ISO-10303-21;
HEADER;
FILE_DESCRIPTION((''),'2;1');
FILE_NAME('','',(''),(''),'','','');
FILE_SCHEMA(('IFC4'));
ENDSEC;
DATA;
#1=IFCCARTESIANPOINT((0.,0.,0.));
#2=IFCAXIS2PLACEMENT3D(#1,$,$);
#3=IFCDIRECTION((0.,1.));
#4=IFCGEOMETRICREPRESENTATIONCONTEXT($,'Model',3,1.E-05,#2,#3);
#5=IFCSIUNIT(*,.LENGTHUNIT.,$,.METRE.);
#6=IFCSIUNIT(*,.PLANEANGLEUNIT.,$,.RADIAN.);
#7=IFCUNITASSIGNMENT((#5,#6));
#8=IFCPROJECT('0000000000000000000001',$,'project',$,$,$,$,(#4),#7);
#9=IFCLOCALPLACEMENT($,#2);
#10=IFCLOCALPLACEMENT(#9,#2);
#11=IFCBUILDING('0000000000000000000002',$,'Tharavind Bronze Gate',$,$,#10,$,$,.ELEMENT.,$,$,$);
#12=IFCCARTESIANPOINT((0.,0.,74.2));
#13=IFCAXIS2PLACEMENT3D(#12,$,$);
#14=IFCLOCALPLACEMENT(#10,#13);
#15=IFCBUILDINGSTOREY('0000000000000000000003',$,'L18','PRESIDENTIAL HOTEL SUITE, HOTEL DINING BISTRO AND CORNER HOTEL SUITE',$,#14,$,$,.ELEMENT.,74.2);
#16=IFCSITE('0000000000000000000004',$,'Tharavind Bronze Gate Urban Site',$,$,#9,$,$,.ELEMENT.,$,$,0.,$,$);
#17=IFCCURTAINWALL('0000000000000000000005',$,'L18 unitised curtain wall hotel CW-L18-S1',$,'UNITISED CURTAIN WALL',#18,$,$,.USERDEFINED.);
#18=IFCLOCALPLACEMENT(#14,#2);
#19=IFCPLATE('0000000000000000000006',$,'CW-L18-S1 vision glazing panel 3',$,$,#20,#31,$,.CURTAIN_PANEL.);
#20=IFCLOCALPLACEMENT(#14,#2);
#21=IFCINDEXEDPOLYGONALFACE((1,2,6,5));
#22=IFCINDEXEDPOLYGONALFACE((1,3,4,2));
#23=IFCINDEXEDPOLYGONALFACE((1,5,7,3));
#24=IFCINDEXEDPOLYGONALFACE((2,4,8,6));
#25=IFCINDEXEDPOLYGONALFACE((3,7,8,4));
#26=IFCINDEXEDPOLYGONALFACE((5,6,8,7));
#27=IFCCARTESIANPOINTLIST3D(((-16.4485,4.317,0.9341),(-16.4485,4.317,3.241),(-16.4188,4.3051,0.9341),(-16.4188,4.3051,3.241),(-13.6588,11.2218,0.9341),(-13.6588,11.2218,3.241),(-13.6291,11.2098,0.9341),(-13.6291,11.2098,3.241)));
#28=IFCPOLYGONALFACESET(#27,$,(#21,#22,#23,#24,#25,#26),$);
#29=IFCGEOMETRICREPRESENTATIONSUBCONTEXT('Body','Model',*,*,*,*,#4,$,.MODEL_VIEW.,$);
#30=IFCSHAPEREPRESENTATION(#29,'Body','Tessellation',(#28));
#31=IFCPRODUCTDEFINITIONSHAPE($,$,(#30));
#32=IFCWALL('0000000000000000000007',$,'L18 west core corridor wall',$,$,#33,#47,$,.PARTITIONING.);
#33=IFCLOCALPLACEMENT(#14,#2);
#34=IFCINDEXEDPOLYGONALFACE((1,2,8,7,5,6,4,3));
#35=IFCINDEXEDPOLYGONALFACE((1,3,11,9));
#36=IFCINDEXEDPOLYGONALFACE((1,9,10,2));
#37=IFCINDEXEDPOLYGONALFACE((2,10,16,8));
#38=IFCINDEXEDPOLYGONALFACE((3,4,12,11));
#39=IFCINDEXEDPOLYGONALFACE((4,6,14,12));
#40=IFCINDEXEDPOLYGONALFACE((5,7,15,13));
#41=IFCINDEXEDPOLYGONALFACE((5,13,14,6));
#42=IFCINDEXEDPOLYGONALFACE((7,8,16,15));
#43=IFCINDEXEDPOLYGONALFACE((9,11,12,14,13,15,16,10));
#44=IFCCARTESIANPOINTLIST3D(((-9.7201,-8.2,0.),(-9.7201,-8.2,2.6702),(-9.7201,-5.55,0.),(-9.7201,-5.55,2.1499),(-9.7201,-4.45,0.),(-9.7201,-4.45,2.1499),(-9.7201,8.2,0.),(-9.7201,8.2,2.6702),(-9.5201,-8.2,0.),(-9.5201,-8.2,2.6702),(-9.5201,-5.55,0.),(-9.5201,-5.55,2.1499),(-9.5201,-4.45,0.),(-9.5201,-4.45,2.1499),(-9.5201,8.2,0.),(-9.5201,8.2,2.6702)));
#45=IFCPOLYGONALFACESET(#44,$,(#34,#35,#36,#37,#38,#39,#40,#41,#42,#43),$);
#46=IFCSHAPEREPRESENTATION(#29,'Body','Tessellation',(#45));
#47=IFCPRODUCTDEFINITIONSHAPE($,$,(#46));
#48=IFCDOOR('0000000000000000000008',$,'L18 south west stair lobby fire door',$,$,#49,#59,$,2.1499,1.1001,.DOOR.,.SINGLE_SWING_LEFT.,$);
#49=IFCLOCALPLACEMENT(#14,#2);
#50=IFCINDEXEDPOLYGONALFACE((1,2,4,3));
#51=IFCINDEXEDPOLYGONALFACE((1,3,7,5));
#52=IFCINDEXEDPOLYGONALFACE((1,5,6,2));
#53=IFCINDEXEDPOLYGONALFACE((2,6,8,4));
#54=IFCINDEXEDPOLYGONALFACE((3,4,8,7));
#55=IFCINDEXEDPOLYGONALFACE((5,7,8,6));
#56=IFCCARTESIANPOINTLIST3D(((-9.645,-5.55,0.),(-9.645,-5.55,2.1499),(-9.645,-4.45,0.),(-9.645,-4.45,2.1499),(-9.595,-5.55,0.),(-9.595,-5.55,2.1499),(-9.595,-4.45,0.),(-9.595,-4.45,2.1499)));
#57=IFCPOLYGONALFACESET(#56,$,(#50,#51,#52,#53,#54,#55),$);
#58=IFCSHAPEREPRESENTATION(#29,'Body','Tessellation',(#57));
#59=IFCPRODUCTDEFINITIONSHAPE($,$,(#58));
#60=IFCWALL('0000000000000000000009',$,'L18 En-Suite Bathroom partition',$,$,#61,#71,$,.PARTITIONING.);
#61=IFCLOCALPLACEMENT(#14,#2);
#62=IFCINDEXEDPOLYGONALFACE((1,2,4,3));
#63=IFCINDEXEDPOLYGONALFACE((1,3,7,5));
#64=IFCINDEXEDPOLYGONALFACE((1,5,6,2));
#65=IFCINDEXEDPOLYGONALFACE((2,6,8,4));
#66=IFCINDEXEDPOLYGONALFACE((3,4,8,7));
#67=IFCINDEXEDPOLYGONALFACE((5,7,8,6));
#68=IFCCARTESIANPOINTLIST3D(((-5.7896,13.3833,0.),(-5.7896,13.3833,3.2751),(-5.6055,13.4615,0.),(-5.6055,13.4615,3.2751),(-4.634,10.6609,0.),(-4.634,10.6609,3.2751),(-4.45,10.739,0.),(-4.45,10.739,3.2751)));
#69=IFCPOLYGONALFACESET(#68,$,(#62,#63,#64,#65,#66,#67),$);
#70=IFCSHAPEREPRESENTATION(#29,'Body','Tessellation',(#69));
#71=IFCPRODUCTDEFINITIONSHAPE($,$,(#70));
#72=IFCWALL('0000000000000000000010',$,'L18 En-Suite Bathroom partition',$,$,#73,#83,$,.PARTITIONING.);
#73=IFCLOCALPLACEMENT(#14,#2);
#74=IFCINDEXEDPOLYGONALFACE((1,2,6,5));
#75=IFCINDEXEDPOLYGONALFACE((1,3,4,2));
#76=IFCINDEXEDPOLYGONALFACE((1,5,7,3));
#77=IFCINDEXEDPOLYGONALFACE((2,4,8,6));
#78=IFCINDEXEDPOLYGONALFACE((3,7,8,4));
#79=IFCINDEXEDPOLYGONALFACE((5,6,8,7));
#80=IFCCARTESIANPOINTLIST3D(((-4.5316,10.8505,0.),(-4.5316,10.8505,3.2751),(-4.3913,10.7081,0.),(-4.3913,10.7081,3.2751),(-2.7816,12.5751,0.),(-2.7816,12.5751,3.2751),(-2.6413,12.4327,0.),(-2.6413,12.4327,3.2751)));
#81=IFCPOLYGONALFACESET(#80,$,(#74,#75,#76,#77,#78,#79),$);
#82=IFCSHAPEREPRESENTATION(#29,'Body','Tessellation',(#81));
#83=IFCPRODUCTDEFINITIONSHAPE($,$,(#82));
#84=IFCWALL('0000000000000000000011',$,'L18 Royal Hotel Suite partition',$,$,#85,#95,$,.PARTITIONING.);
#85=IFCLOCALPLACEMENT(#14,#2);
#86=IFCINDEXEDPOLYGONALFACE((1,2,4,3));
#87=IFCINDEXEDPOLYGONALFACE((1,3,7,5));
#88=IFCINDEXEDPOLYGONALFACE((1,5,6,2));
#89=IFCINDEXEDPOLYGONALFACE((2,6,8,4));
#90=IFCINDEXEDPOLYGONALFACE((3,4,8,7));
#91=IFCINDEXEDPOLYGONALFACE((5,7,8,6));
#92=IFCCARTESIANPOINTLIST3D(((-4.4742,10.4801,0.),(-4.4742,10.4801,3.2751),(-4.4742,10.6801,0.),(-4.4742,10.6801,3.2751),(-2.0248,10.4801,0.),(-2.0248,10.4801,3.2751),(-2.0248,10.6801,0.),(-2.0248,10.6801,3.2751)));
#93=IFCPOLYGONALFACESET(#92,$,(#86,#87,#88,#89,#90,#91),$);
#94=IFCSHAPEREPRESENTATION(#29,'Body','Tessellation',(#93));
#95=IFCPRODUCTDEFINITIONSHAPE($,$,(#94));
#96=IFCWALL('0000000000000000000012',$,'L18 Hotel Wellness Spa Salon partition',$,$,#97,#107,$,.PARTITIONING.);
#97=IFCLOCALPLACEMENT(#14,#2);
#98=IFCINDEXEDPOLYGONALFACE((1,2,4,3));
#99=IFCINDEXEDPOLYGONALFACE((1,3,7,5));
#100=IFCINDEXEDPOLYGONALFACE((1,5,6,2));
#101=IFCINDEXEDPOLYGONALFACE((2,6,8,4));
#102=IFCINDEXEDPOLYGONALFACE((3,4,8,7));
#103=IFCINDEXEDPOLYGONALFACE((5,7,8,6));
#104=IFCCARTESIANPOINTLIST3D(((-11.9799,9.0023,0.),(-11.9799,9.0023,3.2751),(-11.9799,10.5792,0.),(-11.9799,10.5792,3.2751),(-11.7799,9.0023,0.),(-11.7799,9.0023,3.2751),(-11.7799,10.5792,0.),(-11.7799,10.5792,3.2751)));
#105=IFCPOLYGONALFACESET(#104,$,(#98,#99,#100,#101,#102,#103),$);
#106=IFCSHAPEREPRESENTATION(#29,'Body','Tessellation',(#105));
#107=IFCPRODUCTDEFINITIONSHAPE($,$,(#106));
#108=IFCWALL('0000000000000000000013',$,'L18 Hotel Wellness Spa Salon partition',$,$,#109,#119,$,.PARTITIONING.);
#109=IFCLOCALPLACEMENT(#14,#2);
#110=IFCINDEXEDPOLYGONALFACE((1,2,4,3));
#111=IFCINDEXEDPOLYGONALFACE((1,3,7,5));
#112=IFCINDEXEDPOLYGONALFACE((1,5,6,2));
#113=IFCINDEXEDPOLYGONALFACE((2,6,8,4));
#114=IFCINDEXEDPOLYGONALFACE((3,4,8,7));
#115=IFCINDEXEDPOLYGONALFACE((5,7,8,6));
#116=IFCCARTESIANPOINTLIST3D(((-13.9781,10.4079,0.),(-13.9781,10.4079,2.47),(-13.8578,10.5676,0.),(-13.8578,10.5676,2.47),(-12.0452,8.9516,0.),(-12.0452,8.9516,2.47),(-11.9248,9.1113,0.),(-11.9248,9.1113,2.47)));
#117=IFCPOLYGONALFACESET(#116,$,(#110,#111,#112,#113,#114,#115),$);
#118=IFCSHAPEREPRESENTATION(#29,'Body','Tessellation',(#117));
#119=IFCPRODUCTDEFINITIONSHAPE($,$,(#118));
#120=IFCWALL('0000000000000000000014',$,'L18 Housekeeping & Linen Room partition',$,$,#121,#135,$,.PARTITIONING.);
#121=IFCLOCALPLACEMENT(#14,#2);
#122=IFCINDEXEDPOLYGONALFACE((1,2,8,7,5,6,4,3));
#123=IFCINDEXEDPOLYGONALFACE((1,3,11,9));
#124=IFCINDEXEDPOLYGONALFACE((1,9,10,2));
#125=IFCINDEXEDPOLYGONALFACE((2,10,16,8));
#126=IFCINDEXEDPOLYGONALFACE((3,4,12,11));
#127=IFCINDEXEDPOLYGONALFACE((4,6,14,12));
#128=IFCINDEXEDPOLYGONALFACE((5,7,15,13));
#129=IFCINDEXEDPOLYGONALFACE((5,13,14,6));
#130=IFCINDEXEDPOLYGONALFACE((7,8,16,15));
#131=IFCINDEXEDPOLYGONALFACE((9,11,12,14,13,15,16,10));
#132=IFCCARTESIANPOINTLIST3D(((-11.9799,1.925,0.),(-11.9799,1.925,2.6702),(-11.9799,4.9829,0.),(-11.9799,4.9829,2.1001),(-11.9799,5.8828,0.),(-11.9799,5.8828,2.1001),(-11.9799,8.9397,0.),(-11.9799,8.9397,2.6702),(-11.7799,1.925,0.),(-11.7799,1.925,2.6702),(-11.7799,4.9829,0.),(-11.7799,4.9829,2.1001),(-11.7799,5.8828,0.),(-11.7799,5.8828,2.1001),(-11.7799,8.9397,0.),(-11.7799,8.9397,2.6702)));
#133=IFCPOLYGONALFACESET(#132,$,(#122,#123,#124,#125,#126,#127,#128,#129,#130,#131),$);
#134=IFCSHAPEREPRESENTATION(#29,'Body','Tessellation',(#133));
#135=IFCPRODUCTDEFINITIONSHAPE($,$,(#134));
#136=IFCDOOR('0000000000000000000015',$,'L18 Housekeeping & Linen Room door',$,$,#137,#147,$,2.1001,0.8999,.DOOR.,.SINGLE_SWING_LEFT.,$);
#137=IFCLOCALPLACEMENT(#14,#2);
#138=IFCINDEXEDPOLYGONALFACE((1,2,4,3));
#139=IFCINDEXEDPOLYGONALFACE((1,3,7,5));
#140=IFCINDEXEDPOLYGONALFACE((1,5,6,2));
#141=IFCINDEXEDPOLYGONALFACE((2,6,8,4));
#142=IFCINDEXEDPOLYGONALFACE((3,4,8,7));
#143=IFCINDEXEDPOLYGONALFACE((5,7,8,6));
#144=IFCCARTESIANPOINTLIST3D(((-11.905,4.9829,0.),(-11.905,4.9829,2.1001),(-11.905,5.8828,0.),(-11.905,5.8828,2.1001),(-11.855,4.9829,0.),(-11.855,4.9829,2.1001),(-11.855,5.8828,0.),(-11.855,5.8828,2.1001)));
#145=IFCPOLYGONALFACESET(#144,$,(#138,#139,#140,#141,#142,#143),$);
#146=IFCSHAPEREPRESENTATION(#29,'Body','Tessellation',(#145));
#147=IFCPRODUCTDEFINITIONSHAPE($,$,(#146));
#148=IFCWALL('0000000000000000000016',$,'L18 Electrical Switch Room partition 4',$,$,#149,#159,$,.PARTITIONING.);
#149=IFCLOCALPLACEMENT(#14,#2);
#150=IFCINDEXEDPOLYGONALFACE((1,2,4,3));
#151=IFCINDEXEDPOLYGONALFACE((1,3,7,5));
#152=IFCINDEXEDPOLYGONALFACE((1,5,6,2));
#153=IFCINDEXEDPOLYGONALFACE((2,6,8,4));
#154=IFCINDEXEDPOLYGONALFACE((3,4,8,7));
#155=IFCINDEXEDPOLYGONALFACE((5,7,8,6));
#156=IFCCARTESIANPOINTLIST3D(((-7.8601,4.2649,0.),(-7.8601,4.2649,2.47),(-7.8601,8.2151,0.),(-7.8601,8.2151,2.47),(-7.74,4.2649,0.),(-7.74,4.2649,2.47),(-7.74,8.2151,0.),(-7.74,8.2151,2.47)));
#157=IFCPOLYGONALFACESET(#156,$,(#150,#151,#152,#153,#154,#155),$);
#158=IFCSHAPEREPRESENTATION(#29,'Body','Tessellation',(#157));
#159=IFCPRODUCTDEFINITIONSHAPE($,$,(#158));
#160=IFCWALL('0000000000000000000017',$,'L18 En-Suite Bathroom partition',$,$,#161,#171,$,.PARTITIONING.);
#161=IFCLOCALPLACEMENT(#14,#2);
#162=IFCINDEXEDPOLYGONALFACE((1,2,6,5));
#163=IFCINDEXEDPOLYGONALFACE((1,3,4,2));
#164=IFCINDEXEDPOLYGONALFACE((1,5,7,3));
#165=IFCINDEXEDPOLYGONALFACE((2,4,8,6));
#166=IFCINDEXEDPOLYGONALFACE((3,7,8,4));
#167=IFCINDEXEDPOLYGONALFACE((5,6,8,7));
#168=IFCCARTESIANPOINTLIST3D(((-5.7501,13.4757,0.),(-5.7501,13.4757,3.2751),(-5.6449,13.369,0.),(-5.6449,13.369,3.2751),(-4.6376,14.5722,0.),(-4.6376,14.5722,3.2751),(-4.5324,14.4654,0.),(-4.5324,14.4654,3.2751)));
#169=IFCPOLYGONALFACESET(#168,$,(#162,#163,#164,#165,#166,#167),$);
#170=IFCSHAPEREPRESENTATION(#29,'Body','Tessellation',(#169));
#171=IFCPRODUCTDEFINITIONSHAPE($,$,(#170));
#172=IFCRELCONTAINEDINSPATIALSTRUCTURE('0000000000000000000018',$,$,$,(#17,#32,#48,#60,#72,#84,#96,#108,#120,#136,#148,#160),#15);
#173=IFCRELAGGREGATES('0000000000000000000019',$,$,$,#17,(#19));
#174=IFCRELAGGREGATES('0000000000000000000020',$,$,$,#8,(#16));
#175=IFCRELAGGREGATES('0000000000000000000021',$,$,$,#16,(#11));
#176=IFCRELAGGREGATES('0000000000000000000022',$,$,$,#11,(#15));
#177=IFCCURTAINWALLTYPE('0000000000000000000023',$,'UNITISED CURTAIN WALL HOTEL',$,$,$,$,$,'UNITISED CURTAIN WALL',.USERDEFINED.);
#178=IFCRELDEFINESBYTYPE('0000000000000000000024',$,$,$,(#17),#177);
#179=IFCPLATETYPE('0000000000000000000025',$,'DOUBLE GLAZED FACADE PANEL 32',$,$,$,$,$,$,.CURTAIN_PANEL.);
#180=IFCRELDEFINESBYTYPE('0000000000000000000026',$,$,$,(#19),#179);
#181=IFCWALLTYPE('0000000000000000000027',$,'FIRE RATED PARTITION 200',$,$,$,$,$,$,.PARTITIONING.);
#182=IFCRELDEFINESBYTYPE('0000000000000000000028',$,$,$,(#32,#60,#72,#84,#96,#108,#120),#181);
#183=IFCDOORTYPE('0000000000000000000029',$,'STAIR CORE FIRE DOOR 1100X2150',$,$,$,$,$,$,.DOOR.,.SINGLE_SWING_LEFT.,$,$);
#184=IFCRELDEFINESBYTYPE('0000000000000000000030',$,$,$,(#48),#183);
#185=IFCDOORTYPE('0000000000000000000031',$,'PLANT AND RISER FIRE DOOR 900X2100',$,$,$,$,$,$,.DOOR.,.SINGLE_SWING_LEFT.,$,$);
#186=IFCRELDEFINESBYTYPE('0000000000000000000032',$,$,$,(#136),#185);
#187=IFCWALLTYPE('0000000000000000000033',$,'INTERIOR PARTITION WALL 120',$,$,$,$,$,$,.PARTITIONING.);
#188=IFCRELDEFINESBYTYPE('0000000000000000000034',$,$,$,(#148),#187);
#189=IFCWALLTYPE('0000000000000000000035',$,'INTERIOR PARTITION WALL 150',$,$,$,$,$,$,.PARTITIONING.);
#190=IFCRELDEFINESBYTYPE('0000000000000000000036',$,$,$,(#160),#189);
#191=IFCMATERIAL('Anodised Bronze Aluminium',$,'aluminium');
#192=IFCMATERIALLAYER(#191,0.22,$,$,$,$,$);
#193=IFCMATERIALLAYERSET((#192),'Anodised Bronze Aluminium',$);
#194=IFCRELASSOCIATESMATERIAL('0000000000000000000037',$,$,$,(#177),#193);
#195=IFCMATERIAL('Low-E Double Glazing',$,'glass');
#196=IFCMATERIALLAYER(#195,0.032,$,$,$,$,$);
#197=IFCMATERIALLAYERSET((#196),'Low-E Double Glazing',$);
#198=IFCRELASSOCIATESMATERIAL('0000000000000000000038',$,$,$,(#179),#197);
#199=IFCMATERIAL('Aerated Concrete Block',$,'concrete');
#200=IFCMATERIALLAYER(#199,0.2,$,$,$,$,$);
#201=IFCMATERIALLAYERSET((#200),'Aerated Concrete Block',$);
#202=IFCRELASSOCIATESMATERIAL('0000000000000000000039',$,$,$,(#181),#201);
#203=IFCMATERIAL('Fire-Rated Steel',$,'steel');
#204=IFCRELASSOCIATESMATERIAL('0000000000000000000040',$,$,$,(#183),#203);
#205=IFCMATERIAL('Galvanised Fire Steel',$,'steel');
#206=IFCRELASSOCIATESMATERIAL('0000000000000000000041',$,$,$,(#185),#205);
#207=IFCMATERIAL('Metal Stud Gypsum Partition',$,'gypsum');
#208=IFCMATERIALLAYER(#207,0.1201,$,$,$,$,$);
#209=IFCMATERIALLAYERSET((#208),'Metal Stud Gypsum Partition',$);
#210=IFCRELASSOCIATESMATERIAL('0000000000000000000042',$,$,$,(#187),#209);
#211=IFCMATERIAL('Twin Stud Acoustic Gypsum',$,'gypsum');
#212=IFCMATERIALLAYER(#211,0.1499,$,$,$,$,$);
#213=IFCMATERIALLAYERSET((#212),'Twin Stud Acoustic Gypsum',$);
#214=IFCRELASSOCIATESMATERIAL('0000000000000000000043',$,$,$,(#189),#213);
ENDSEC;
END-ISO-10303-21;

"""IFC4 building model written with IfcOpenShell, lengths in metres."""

from ifc_helpers import new_model, si_unit, direction, frame, frame_2d, origin, origin_2d, place, context, subcontext, project, spatial, rectangle, extrude, material, layer, layer_set, type_object, element, fill, aggregate, save


model = new_model("IFC4")

# Units and contexts
model_context = context("Model", 3, precision=1e-05, world=origin(), true_north=direction((0.0, 1.0)))
body_context = subcontext(model_context, "Body", "Model", "MODEL_VIEW")
ifc_project = project(units=[si_unit("LENGTHUNIT", "METRE"), si_unit("PLANEANGLEUNIT", "RADIAN")], contexts=[model_context])

# Site, building, storey
site_placement = place(None, origin())
site = spatial("IfcSite", under=ifc_project, at=site_placement, Name="Tharavind Bronze Gate Urban Site", CompositionType="ELEMENT", RefElevation=0.0)
building_placement = place(site_placement, origin())
building = spatial("IfcBuilding", under=site, at=building_placement, Name="Tharavind Bronze Gate", CompositionType="ELEMENT")
storey_placement = place(building_placement, frame((0.0, 0.0, 74.2)))
storey = spatial("IfcBuildingStorey", under=building, at=storey_placement, Name="L18", Description="PRESIDENTIAL HOTEL SUITE, HOTEL DINING BISTRO AND CORNER HOTEL SUITE", CompositionType="ELEMENT", Elevation=74.2)

# Curtain wall
ifc_material_1 = material(Name="Anodised Bronze Aluminium", Category="aluminium")
ifc_layer_1 = layer(ifc_material_1, 0.22)
ifc_layer_set_1 = layer_set([ifc_layer_1], Name="Anodised Bronze Aluminium")
curtain_wall_type = type_object("IfcCurtainWallType", Name="UNITISED CURTAIN WALL HOTEL", ElementType="UNITISED CURTAIN WALL", PredefinedType="USERDEFINED", material=ifc_layer_set_1)
curtain_wall_placement = place(storey_placement, origin())
curtain_wall = element("IfcCurtainWall", 1, at=curtain_wall_placement, inside=storey, type_object=curtain_wall_type, Name="L18 unitised curtain wall hotel CW-L18-S1", ObjectType="UNITISED CURTAIN WALL", PredefinedType="USERDEFINED")

# Plate
ifc_material_2 = material(Name="Low-E Double Glazing", Category="glass")
ifc_layer_2 = layer(ifc_material_2, 0.032)
ifc_layer_set_2 = layer_set([ifc_layer_2], Name="Low-E Double Glazing")
plate_type_1 = type_object("IfcPlateType", Name="DOUBLE GLAZED FACADE PANEL 32", PredefinedType="CURTAIN_PANEL", material=ifc_layer_set_2)
plate_1_placement = place(storey_placement, frame((-15.0388, 7.7634, 0.9341), z_axis=(0.0, 0.0, 1.0), x_axis=(-0.374607, -0.927184, 0.0)))
plate_1 = element("IfcPlate", 2, at=plate_1_placement, type_object=plate_type_1, Name="CW-L18-S1 vision glazing panel 3", PredefinedType="CURTAIN_PANEL", context=body_context, shape_type="SweptSolid", body=[
    extrude(rectangle(XDim=7.447, YDim=0.032, at=origin_2d()), origin(), (0.0, 0.0, 1.0), 2.3069),
])
aggregate(curtain_wall, [plate_1])

# Wall, opening, door
ifc_material_3 = material(Name="Aerated Concrete Block", Category="concrete")
ifc_layer_3 = layer(ifc_material_3, 0.2)
ifc_layer_set_3 = layer_set([ifc_layer_3], Name="Aerated Concrete Block")
wall_type_1 = type_object("IfcWallType", Name="FIRE RATED PARTITION 200", PredefinedType="PARTITIONING", material=ifc_layer_set_3)
wall_1_placement = place(storey_placement, frame((-9.6201, 8.2, 0.0), z_axis=(0.0, 0.0, 1.0), x_axis=(0.0, -1.0, 0.0)))
wall_1 = element("IfcWall", 3, at=wall_1_placement, inside=storey, type_object=wall_type_1, Name="L18 west core corridor wall", PredefinedType="PARTITIONING", context=body_context, shape_type="SweptSolid", body=[
    extrude(rectangle(XDim=16.3999, YDim=0.2, at=frame_2d((8.2, 0.0))), origin(), (0.0, 0.0, 1.0), 2.6702),
])
opening_1_placement = place(wall_1_placement, frame((12.6499, 0.0, 0.0)))
opening_1 = element("IfcOpeningElement", 4, at=opening_1_placement, cuts=wall_1, PredefinedType="OPENING", context=body_context, shape_type="SweptSolid", body=[
    extrude(rectangle(XDim=1.1001, YDim=2.1499, at=frame_2d((0.55, 1.075))), frame((0.0, 0.1101, 0.0), z_axis=(0.0, -1.0, 0.0), x_axis=(1.0, 0.0, 0.0)), (0.0, 0.0, 1.0), 0.22),
])
ifc_material_4 = material(Name="Fire-Rated Steel", Category="steel")
door_type_1 = type_object("IfcDoorType", Name="STAIR CORE FIRE DOOR 1100X2150", OperationType="SINGLE_SWING_LEFT", PredefinedType="DOOR", material=ifc_material_4)
door_1_placement = place(opening_1_placement, frame((1.1001, 0.0, 0.0), z_axis=(0.0, 0.0, 1.0), x_axis=(-1.0, 0.0, 0.0)))
door_1 = element("IfcDoor", 5, at=door_1_placement, inside=storey, type_object=door_type_1, Name="L18 south west stair lobby fire door", OperationType="SINGLE_SWING_LEFT", OverallHeight=2.1499, OverallWidth=1.1001, PredefinedType="DOOR", context=body_context, shape_type="SweptSolid", body=[
    extrude(rectangle(XDim=1.1001, YDim=2.1499, at=frame_2d((0.55, 1.075))), frame((0.0, 0.0249, 0.0), z_axis=(0.0, -1.0, 0.0), x_axis=(1.0, 0.0, 0.0)), (0.0, 0.0, 1.0), 0.05),
])
fill(opening_1, door_1)

# Walls
wall_2_placement = place(storey_placement, frame((-4.542, 10.7, 0.0), z_axis=(0.0, 0.0, 1.0), x_axis=(-0.390709, 0.920514, 0.0)))
element("IfcWall", 6, at=wall_2_placement, inside=storey, type_object=wall_type_1, Name="L18 En-Suite Bathroom partition", PredefinedType="PARTITIONING", context=body_context, shape_type="SweptSolid", body=[
    extrude(rectangle(XDim=2.9575, YDim=0.2, at=frame_2d((1.4788, 0.0))), origin(), (0.0, 0.0, 1.0), 3.2751),
])
wall_3_placement = place(storey_placement, frame((-2.7114, 12.5039, 0.0), z_axis=(0.0, 0.0, 1.0), x_axis=(-0.712255, -0.701921, 0.0)))
element("IfcWall", 7, at=wall_3_placement, inside=storey, type_object=wall_type_1, Name="L18 En-Suite Bathroom partition", PredefinedType="PARTITIONING", context=body_context, shape_type="SweptSolid", body=[
    extrude(rectangle(XDim=2.457, YDim=0.2, at=frame_2d((1.2285, 0.0))), origin(), (0.0, 0.0, 1.0), 3.2751),
])
wall_4_placement = place(storey_placement, frame((-2.0249, 10.5801, 0.0), z_axis=(0.0, 0.0, 1.0), x_axis=(-1.0, 0.0, 0.0)))
element("IfcWall", 8, at=wall_4_placement, inside=storey, type_object=wall_type_1, Name="L18 Royal Hotel Suite partition", PredefinedType="PARTITIONING", context=body_context, shape_type="SweptSolid", body=[
    extrude(rectangle(XDim=2.4495, YDim=0.2, at=frame_2d((1.2246, 0.0))), origin(), (0.0, 0.0, 1.0), 3.2751),
])
wall_5_placement = place(storey_placement, frame((-11.8799, 10.5793, 0.0), z_axis=(0.0, 0.0, 1.0), x_axis=(0.0, -1.0, 0.0)))
element("IfcWall", 9, at=wall_5_placement, inside=storey, type_object=wall_type_1, Name="L18 Hotel Wellness Spa Salon partition", PredefinedType="PARTITIONING", context=body_context, shape_type="SweptSolid", body=[
    extrude(rectangle(XDim=1.5769, YDim=0.2, at=frame_2d((0.7886, 0.0))), origin(), (0.0, 0.0, 1.0), 3.2751),
])
wall_6_placement = place(storey_placement, frame((-11.9851, 9.0315, 0.0), z_axis=(0.0, 0.0, 1.0), x_axis=(-0.798679, 0.601758, 0.0)))
element("IfcWall", 10, at=wall_6_placement, inside=storey, type_object=wall_type_1, Name="L18 Hotel Wellness Spa Salon partition", PredefinedType="PARTITIONING", context=body_context, shape_type="SweptSolid", body=[
    extrude(rectangle(XDim=2.4202, YDim=0.2, at=frame_2d((1.21, 0.0))), origin(), (0.0, 0.0, 1.0), 2.47),
])

# Wall, opening, door
wall_7_placement = place(storey_placement, frame((-11.8799, 8.9397, 0.0), z_axis=(0.0, 0.0, 1.0), x_axis=(0.0, -1.0, 0.0)))
wall_7 = element("IfcWall", 11, at=wall_7_placement, inside=storey, type_object=wall_type_1, Name="L18 Housekeeping & Linen Room partition", PredefinedType="PARTITIONING", context=body_context, shape_type="SweptSolid", body=[
    extrude(rectangle(XDim=7.0146, YDim=0.2, at=frame_2d((3.5073, 0.0))), origin(), (0.0, 0.0, 1.0), 2.6702),
])
opening_2_placement = place(wall_7_placement, frame((3.0569, 0.0, 0.0)))
opening_2 = element("IfcOpeningElement", 12, at=opening_2_placement, cuts=wall_7, PredefinedType="OPENING", context=body_context, shape_type="SweptSolid", body=[
    extrude(rectangle(XDim=0.8999, YDim=2.1001, at=frame_2d((0.45, 1.05))), frame((0.0, 0.1101, 0.0), z_axis=(0.0, -1.0, 0.0), x_axis=(1.0, 0.0, 0.0)), (0.0, 0.0, 1.0), 0.22),
])
ifc_material_5 = material(Name="Galvanised Fire Steel", Category="steel")
door_type_2 = type_object("IfcDoorType", Name="PLANT AND RISER FIRE DOOR 900X2100", OperationType="SINGLE_SWING_LEFT", PredefinedType="DOOR", material=ifc_material_5)
door_2_placement = place(opening_2_placement, origin())
door_2 = element("IfcDoor", 13, at=door_2_placement, inside=storey, type_object=door_type_2, Name="L18 Housekeeping & Linen Room door", OperationType="SINGLE_SWING_LEFT", OverallHeight=2.1001, OverallWidth=0.8999, PredefinedType="DOOR", context=body_context, shape_type="SweptSolid", body=[
    extrude(rectangle(XDim=0.8999, YDim=2.1001, at=frame_2d((0.45, 1.05))), frame((0.0, 0.0249, 0.0), z_axis=(0.0, -1.0, 0.0), x_axis=(1.0, 0.0, 0.0)), (0.0, 0.0, 1.0), 0.05),
])
fill(opening_2, door_2)

# Walls
ifc_material_6 = material(Name="Metal Stud Gypsum Partition", Category="gypsum")
ifc_layer_4 = layer(ifc_material_6, 0.1201)
ifc_layer_set_4 = layer_set([ifc_layer_4], Name="Metal Stud Gypsum Partition")
wall_type_2 = type_object("IfcWallType", Name="INTERIOR PARTITION WALL 120", PredefinedType="PARTITIONING", material=ifc_layer_set_4)
wall_8_placement = place(storey_placement, frame((-7.8, 8.2151, 0.0), z_axis=(0.0, 0.0, 1.0), x_axis=(0.0, -1.0, 0.0)))
element("IfcWall", 14, at=wall_8_placement, inside=storey, type_object=wall_type_2, Name="L18 Electrical Switch Room partition 4", PredefinedType="PARTITIONING", context=body_context, shape_type="SweptSolid", body=[
    extrude(rectangle(XDim=3.9502, YDim=0.1201, at=frame_2d((1.9751, 0.0))), origin(), (0.0, 0.0, 1.0), 2.47),
])
ifc_material_7 = material(Name="Twin Stud Acoustic Gypsum", Category="gypsum")
ifc_layer_5 = layer(ifc_material_7, 0.1499)
ifc_layer_set_5 = layer_set([ifc_layer_5], Name="Twin Stud Acoustic Gypsum")
wall_type_3 = type_object("IfcWallType", Name="INTERIOR PARTITION WALL 150", PredefinedType="PARTITIONING", material=ifc_layer_set_5)
wall_9_placement = place(storey_placement, frame((-5.6975, 13.4224, 0.0), z_axis=(0.0, 0.0, 1.0), x_axis=(0.712246, 0.70193, 0.0)))
element("IfcWall", 15, at=wall_9_placement, inside=storey, type_object=wall_type_3, Name="L18 En-Suite Bathroom partition", PredefinedType="PARTITIONING", context=body_context, shape_type="SweptSolid", body=[
    extrude(rectangle(XDim=1.562, YDim=0.1499, at=frame_2d((0.781, 0.0))), origin(), (0.0, 0.0, 1.0), 3.2751),
])

save(model, "model.ifc")
